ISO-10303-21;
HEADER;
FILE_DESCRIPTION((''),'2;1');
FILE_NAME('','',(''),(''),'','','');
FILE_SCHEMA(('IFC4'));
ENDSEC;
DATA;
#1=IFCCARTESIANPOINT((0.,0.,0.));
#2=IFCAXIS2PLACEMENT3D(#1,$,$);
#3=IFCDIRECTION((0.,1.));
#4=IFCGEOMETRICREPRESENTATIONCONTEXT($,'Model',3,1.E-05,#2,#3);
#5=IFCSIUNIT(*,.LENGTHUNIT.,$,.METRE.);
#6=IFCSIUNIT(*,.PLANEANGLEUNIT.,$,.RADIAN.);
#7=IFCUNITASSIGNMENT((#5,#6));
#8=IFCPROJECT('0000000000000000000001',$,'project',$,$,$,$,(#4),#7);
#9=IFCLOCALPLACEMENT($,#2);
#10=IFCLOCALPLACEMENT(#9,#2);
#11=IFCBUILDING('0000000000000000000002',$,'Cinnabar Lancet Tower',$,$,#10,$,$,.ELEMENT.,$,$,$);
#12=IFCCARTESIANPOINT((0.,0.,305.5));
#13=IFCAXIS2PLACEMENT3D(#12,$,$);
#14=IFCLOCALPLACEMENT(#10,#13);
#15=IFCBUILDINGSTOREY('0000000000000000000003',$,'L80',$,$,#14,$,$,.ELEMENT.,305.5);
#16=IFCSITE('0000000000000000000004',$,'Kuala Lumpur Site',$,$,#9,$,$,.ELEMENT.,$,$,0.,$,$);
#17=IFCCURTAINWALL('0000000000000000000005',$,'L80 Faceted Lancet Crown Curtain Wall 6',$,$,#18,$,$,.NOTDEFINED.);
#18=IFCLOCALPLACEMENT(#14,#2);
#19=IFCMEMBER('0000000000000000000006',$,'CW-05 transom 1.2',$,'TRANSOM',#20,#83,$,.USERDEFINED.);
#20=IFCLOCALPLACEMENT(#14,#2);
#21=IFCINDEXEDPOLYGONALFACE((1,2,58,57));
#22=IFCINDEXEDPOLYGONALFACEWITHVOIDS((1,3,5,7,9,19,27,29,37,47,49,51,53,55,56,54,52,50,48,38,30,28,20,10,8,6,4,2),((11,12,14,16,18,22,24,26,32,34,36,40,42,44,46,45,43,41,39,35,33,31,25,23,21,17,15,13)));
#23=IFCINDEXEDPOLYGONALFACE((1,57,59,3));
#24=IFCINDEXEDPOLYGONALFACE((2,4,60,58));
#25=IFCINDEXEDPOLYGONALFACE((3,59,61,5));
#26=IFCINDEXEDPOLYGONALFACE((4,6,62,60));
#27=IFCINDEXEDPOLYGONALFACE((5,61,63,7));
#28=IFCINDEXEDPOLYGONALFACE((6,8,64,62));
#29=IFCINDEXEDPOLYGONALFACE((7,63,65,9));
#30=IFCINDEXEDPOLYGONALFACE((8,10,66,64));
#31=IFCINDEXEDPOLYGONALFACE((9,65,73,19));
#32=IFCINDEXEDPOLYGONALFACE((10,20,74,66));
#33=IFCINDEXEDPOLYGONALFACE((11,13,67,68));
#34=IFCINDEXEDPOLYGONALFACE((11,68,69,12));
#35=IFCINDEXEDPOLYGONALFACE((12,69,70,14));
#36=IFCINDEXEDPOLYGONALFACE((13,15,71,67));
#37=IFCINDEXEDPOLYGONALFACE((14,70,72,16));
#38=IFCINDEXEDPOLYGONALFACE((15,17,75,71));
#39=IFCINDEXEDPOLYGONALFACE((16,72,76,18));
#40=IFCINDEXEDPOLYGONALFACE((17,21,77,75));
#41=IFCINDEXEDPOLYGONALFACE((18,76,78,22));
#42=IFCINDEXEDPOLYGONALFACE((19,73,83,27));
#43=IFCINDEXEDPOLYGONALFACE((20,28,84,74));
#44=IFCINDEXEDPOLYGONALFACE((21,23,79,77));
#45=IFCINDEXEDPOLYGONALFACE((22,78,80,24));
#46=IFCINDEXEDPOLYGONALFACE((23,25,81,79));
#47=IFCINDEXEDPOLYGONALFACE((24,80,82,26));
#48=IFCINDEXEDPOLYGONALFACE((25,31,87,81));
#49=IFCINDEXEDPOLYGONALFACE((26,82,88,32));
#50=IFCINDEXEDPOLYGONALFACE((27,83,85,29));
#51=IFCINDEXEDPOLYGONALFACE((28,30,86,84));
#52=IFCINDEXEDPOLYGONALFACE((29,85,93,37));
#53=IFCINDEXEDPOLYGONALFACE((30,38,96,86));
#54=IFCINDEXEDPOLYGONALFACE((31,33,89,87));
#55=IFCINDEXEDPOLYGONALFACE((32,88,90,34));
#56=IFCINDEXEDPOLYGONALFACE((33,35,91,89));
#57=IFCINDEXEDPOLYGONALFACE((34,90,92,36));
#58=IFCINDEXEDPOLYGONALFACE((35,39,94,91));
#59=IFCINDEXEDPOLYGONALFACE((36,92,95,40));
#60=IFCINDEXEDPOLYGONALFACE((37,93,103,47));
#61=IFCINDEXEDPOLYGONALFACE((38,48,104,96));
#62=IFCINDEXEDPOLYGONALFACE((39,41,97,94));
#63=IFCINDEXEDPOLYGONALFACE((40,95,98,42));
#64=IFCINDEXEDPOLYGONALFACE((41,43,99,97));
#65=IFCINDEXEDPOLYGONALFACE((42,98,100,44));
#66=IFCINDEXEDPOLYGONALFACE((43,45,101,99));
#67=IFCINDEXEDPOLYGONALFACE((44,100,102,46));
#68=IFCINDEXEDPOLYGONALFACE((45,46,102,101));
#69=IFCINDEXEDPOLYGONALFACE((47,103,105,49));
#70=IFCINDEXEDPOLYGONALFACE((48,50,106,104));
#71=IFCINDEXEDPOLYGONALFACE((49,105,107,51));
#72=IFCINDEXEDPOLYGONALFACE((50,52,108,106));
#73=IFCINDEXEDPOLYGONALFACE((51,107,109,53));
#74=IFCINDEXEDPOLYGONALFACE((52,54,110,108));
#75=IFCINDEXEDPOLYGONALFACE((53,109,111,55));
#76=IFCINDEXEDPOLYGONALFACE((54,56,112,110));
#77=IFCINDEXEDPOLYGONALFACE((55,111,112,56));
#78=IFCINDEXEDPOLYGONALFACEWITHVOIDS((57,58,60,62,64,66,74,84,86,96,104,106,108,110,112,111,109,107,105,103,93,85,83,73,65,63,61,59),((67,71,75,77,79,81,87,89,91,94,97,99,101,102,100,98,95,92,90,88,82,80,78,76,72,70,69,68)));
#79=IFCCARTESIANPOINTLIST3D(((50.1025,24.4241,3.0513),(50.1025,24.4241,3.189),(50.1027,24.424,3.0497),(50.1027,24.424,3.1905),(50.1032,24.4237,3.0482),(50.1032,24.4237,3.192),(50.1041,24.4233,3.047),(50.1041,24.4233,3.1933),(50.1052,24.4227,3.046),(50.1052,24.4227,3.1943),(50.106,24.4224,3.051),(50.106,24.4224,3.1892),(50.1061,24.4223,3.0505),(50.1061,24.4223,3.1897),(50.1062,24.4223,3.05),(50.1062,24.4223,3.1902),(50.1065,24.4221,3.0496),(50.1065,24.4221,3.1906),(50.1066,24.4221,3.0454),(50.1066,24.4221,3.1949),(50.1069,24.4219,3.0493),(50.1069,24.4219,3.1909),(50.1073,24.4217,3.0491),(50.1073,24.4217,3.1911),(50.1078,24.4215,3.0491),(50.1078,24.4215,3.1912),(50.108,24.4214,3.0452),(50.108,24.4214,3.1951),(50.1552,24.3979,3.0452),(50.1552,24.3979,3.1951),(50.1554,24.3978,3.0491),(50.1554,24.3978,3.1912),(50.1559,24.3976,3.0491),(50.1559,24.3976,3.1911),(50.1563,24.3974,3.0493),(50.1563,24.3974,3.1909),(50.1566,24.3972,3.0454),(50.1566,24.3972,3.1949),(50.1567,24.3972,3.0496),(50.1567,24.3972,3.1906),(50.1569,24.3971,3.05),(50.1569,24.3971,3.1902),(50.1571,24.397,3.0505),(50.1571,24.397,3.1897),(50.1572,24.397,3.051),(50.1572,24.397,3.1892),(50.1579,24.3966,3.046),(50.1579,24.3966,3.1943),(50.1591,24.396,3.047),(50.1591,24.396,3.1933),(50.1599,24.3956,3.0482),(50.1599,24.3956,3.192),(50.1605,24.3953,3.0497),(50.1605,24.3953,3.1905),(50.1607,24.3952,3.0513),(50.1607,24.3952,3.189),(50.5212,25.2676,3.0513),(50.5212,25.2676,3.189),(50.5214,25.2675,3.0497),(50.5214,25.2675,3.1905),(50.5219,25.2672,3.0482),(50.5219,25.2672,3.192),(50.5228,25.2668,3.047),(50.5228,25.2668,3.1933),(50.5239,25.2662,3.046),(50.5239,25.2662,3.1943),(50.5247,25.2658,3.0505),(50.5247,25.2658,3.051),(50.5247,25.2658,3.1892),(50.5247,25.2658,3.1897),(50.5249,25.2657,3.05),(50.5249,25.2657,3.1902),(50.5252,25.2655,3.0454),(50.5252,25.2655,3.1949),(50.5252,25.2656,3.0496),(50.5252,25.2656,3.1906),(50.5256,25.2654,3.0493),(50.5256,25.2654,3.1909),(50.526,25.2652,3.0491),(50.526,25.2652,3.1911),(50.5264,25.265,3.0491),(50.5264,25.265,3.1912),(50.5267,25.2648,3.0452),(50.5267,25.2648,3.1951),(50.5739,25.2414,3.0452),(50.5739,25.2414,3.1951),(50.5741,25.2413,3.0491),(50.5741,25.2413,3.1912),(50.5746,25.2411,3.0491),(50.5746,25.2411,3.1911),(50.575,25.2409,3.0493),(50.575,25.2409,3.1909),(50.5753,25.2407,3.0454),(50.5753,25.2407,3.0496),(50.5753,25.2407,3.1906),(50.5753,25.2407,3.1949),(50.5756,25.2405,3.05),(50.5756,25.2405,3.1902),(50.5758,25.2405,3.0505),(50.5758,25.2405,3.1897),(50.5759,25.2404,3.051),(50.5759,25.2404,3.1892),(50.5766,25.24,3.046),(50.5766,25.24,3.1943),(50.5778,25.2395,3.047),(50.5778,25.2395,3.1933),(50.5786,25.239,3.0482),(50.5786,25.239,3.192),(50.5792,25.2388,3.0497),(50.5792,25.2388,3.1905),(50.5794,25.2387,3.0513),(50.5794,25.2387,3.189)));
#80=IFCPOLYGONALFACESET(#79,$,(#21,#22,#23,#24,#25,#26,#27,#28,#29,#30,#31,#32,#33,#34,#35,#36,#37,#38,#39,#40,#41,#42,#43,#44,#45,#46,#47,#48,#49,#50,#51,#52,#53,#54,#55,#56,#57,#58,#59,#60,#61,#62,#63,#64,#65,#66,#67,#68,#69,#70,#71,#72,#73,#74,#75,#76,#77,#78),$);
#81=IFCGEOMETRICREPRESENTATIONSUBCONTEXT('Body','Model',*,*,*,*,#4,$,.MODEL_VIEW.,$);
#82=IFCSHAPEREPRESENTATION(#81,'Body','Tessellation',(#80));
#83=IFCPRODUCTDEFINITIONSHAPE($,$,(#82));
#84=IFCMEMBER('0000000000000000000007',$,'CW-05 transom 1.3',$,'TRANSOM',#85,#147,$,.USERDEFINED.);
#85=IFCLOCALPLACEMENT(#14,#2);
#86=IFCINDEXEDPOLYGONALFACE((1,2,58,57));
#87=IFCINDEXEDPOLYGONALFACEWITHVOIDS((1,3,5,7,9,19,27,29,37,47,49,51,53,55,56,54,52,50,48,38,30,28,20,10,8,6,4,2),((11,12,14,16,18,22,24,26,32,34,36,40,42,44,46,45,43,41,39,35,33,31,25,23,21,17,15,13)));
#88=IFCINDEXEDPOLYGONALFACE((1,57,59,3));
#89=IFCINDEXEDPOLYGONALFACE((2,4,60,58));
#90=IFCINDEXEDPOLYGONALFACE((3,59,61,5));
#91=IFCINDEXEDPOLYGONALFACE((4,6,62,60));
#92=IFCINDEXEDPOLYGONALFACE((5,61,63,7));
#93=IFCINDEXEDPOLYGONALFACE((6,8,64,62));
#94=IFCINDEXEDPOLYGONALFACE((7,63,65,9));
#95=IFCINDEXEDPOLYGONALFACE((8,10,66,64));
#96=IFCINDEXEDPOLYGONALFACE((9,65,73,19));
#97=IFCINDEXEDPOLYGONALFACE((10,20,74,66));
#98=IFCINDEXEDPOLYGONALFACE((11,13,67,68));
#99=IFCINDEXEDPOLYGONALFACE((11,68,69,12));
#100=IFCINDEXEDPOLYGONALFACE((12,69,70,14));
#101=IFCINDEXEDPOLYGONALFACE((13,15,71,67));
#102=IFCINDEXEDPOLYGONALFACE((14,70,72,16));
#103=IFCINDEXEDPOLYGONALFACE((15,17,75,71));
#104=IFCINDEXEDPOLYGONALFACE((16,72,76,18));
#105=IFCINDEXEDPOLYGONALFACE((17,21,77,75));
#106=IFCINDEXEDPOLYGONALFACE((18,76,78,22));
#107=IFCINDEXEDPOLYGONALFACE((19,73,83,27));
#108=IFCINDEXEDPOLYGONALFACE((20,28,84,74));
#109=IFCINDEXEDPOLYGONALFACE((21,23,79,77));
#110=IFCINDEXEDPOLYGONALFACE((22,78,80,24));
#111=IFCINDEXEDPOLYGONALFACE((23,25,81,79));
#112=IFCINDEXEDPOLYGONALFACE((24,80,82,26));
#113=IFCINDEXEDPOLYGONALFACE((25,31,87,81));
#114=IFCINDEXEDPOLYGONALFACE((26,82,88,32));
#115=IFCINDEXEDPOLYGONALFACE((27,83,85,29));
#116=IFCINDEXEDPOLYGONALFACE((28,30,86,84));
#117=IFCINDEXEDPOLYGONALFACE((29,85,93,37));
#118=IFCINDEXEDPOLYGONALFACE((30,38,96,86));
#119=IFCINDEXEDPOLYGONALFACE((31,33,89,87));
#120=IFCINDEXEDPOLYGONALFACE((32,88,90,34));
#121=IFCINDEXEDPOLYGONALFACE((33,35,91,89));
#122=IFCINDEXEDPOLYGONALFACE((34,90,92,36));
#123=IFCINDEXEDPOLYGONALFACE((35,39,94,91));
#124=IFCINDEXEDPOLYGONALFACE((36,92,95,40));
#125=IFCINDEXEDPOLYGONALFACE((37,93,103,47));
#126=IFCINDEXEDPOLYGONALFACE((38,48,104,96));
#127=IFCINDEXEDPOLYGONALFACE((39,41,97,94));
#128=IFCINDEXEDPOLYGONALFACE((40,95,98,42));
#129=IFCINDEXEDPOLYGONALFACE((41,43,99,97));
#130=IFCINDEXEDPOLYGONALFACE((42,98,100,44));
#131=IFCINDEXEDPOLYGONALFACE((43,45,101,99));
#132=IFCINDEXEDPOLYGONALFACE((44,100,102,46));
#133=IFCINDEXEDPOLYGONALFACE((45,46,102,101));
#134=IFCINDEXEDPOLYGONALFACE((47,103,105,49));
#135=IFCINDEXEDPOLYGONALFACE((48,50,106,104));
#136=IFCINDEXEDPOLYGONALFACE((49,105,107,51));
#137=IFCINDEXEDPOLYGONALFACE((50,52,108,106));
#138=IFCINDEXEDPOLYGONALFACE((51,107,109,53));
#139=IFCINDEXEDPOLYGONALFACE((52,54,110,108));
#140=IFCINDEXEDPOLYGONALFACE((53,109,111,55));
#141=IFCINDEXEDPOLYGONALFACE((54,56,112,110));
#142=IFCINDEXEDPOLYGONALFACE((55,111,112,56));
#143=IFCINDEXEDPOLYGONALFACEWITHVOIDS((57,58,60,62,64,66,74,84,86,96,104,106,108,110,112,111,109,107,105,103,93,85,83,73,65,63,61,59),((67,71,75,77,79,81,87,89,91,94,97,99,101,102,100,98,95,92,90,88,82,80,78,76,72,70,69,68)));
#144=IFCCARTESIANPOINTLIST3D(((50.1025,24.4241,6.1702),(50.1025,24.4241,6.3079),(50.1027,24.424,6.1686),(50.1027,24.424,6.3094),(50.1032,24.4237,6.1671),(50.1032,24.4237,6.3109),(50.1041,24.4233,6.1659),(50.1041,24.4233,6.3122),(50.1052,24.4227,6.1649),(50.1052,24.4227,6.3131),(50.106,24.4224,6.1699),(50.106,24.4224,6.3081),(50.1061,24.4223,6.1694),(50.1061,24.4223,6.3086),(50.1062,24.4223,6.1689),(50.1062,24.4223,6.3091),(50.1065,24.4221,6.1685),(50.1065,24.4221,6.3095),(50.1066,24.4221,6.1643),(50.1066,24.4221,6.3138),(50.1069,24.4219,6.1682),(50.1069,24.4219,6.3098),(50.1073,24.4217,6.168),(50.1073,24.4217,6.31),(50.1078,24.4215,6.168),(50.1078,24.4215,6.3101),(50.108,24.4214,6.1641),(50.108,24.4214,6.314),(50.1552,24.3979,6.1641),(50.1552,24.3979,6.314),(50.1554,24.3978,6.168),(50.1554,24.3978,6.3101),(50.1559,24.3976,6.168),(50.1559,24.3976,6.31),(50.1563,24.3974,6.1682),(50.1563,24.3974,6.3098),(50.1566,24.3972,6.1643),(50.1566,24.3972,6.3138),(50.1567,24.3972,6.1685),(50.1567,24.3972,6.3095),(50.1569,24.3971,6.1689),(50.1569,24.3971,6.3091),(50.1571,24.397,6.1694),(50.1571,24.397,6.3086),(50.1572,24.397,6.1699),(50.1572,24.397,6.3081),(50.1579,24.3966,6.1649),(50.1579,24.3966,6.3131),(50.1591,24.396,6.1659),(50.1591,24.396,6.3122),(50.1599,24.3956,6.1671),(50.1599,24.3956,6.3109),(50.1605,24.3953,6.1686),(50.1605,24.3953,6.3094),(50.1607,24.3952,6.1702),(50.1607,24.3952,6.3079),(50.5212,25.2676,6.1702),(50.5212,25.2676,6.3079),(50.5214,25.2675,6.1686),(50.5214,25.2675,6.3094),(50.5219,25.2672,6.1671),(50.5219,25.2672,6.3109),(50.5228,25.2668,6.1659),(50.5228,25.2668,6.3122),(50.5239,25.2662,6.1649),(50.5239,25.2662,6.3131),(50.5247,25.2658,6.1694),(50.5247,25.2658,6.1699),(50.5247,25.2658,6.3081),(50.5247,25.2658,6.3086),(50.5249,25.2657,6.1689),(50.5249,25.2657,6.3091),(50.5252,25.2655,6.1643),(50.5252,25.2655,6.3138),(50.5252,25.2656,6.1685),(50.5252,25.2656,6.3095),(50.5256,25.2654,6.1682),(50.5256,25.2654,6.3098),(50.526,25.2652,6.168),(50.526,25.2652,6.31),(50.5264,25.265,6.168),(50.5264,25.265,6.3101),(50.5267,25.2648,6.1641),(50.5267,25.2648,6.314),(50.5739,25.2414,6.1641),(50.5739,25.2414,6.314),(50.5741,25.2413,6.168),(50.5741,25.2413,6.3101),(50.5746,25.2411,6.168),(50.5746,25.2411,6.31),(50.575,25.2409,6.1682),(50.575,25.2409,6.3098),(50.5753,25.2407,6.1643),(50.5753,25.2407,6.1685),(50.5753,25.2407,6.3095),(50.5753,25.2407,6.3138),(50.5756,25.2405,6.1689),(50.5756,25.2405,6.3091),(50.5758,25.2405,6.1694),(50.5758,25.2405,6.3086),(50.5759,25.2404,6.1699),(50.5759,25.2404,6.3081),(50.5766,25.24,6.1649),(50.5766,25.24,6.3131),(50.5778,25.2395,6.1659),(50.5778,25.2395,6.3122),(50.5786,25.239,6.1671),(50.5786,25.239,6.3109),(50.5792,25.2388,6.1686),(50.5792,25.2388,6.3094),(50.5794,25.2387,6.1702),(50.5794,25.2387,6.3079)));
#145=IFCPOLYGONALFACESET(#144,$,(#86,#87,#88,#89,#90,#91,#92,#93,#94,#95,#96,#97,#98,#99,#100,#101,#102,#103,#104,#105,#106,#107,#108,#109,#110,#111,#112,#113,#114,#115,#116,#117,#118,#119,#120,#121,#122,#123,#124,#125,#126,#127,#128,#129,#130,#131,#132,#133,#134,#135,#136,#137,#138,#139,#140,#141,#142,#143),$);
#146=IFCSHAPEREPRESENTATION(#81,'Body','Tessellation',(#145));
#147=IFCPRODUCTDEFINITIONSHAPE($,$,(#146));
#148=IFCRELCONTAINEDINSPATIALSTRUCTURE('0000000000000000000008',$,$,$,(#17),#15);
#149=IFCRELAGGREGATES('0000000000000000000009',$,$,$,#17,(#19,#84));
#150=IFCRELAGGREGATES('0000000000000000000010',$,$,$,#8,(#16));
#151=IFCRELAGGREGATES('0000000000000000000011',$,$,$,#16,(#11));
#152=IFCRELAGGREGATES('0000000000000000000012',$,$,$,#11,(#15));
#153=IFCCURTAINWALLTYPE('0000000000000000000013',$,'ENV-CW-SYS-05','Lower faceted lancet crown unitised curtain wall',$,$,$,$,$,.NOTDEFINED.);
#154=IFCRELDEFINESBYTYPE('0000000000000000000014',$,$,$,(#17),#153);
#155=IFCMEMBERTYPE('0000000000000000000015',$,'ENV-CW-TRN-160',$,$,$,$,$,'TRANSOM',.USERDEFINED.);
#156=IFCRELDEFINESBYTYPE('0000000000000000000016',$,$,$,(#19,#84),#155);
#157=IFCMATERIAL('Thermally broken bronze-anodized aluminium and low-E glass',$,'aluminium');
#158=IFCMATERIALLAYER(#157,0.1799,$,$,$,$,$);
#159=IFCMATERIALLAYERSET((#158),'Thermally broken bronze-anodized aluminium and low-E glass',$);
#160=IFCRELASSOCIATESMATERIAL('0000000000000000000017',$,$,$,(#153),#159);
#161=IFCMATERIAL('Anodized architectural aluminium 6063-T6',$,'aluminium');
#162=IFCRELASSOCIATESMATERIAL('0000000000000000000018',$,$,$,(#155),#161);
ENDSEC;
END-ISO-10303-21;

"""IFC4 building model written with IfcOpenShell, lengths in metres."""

from ifc_helpers import new_model, si_unit, direction, frame, origin, origin_2d, place, context, subcontext, project, spatial, hollow_rectangle, extrude, material, layer, layer_set, material_profile, profile_set, type_object, element, aggregate, save


model = new_model("IFC4")

# Units and contexts
model_context = context("Model", 3, precision=1e-05, world=origin(), true_north=direction((0.0, 1.0)))
body_context = subcontext(model_context, "Body", "Model", "MODEL_VIEW")
ifc_project = project(units=[si_unit("LENGTHUNIT", "METRE"), si_unit("PLANEANGLEUNIT", "RADIAN")], contexts=[model_context])

# Site, building, storey
site_placement = place(None, origin())
site = spatial("IfcSite", under=ifc_project, at=site_placement, Name="Kuala Lumpur Site", CompositionType="ELEMENT", RefElevation=0.0)
building_placement = place(site_placement, origin())
building = spatial("IfcBuilding", under=site, at=building_placement, Name="Cinnabar Lancet Tower", CompositionType="ELEMENT")
storey_placement = place(building_placement, frame((0.0, 0.0, 305.5)))
storey = spatial("IfcBuildingStorey", under=building, at=storey_placement, Name="L80", CompositionType="ELEMENT", Elevation=305.5)

# Curtain wall
ifc_material_1 = material(Name="Thermally broken bronze-anodized aluminium and low-E glass", Category="aluminium")
ifc_layer_1 = layer(ifc_material_1, 0.1799)
ifc_layer_set_1 = layer_set([ifc_layer_1], Name="Thermally broken bronze-anodized aluminium and low-E glass")
curtain_wall_type = type_object("IfcCurtainWallType", Name="ENV-CW-SYS-05", Description="Lower faceted lancet crown unitised curtain wall", PredefinedType="NOTDEFINED", material=ifc_layer_set_1)
curtain_wall_1_placement = place(storey_placement, origin())
curtain_wall_1 = element("IfcCurtainWall", 1, at=curtain_wall_1_placement, inside=storey, type_object=curtain_wall_type, Name="L80 Faceted Lancet Crown Curtain Wall 6", PredefinedType="NOTDEFINED")

# Members
ifc_material_2 = material(Name="Anodized architectural aluminium 6063-T6", Category="aluminium")
ifc_material_profile_1 = material_profile(ifc_material_2, hollow_rectangle(XDim=0.0649, YDim=0.1499, WallThickness=0.0039, InnerFilletRadius=0.002, OuterFilletRadius=0.0061, at=origin_2d()), Name="CW-TRN 150x65x4")
ifc_profile_set_1 = profile_set([ifc_material_profile_1], Name="Anodized architectural aluminium 6063-T6")
member_type_1 = type_object("IfcMemberType", Name="ENV-CW-TRN-160", ElementType="TRANSOM", PredefinedType="USERDEFINED", material=ifc_profile_set_1)
member_1_placement = place(storey_placement, frame((50.1316, 24.4097, 3.1201), z_axis=(0.444619, 0.89572, 0.0), x_axis=(-0.89572, 0.444619, 0.0)))
member_1 = element("IfcMember", 2, at=member_1_placement, type_object=member_type_1, Name="CW-05 transom 1.2", ObjectType="TRANSOM", PredefinedType="USERDEFINED", context=body_context, shape_type="SweptSolid", body=[
    extrude(hollow_rectangle(XDim=0.0649, YDim=0.1499, WallThickness=0.0039, InnerFilletRadius=0.002, OuterFilletRadius=0.0061, at=origin_2d()), origin(), (0.0, 0.0, 1.0), 0.9417),
])
member_2_placement = place(storey_placement, frame((50.1316, 24.4097, 6.239), z_axis=(0.444619, 0.89572, 0.0), x_axis=(-0.89572, 0.444619, 0.0)))
member_2 = element("IfcMember", 3, at=member_2_placement, type_object=member_type_1, Name="CW-05 transom 1.3", ObjectType="TRANSOM", PredefinedType="USERDEFINED", context=body_context, shape_type="SweptSolid", body=[
    extrude(hollow_rectangle(XDim=0.0649, YDim=0.1499, WallThickness=0.0039, InnerFilletRadius=0.002, OuterFilletRadius=0.0061, at=origin_2d()), origin(), (0.0, 0.0, 1.0), 0.9417),
])

aggregate(curtain_wall_1, [member_1, member_2])

save(model, "model.ifc")
